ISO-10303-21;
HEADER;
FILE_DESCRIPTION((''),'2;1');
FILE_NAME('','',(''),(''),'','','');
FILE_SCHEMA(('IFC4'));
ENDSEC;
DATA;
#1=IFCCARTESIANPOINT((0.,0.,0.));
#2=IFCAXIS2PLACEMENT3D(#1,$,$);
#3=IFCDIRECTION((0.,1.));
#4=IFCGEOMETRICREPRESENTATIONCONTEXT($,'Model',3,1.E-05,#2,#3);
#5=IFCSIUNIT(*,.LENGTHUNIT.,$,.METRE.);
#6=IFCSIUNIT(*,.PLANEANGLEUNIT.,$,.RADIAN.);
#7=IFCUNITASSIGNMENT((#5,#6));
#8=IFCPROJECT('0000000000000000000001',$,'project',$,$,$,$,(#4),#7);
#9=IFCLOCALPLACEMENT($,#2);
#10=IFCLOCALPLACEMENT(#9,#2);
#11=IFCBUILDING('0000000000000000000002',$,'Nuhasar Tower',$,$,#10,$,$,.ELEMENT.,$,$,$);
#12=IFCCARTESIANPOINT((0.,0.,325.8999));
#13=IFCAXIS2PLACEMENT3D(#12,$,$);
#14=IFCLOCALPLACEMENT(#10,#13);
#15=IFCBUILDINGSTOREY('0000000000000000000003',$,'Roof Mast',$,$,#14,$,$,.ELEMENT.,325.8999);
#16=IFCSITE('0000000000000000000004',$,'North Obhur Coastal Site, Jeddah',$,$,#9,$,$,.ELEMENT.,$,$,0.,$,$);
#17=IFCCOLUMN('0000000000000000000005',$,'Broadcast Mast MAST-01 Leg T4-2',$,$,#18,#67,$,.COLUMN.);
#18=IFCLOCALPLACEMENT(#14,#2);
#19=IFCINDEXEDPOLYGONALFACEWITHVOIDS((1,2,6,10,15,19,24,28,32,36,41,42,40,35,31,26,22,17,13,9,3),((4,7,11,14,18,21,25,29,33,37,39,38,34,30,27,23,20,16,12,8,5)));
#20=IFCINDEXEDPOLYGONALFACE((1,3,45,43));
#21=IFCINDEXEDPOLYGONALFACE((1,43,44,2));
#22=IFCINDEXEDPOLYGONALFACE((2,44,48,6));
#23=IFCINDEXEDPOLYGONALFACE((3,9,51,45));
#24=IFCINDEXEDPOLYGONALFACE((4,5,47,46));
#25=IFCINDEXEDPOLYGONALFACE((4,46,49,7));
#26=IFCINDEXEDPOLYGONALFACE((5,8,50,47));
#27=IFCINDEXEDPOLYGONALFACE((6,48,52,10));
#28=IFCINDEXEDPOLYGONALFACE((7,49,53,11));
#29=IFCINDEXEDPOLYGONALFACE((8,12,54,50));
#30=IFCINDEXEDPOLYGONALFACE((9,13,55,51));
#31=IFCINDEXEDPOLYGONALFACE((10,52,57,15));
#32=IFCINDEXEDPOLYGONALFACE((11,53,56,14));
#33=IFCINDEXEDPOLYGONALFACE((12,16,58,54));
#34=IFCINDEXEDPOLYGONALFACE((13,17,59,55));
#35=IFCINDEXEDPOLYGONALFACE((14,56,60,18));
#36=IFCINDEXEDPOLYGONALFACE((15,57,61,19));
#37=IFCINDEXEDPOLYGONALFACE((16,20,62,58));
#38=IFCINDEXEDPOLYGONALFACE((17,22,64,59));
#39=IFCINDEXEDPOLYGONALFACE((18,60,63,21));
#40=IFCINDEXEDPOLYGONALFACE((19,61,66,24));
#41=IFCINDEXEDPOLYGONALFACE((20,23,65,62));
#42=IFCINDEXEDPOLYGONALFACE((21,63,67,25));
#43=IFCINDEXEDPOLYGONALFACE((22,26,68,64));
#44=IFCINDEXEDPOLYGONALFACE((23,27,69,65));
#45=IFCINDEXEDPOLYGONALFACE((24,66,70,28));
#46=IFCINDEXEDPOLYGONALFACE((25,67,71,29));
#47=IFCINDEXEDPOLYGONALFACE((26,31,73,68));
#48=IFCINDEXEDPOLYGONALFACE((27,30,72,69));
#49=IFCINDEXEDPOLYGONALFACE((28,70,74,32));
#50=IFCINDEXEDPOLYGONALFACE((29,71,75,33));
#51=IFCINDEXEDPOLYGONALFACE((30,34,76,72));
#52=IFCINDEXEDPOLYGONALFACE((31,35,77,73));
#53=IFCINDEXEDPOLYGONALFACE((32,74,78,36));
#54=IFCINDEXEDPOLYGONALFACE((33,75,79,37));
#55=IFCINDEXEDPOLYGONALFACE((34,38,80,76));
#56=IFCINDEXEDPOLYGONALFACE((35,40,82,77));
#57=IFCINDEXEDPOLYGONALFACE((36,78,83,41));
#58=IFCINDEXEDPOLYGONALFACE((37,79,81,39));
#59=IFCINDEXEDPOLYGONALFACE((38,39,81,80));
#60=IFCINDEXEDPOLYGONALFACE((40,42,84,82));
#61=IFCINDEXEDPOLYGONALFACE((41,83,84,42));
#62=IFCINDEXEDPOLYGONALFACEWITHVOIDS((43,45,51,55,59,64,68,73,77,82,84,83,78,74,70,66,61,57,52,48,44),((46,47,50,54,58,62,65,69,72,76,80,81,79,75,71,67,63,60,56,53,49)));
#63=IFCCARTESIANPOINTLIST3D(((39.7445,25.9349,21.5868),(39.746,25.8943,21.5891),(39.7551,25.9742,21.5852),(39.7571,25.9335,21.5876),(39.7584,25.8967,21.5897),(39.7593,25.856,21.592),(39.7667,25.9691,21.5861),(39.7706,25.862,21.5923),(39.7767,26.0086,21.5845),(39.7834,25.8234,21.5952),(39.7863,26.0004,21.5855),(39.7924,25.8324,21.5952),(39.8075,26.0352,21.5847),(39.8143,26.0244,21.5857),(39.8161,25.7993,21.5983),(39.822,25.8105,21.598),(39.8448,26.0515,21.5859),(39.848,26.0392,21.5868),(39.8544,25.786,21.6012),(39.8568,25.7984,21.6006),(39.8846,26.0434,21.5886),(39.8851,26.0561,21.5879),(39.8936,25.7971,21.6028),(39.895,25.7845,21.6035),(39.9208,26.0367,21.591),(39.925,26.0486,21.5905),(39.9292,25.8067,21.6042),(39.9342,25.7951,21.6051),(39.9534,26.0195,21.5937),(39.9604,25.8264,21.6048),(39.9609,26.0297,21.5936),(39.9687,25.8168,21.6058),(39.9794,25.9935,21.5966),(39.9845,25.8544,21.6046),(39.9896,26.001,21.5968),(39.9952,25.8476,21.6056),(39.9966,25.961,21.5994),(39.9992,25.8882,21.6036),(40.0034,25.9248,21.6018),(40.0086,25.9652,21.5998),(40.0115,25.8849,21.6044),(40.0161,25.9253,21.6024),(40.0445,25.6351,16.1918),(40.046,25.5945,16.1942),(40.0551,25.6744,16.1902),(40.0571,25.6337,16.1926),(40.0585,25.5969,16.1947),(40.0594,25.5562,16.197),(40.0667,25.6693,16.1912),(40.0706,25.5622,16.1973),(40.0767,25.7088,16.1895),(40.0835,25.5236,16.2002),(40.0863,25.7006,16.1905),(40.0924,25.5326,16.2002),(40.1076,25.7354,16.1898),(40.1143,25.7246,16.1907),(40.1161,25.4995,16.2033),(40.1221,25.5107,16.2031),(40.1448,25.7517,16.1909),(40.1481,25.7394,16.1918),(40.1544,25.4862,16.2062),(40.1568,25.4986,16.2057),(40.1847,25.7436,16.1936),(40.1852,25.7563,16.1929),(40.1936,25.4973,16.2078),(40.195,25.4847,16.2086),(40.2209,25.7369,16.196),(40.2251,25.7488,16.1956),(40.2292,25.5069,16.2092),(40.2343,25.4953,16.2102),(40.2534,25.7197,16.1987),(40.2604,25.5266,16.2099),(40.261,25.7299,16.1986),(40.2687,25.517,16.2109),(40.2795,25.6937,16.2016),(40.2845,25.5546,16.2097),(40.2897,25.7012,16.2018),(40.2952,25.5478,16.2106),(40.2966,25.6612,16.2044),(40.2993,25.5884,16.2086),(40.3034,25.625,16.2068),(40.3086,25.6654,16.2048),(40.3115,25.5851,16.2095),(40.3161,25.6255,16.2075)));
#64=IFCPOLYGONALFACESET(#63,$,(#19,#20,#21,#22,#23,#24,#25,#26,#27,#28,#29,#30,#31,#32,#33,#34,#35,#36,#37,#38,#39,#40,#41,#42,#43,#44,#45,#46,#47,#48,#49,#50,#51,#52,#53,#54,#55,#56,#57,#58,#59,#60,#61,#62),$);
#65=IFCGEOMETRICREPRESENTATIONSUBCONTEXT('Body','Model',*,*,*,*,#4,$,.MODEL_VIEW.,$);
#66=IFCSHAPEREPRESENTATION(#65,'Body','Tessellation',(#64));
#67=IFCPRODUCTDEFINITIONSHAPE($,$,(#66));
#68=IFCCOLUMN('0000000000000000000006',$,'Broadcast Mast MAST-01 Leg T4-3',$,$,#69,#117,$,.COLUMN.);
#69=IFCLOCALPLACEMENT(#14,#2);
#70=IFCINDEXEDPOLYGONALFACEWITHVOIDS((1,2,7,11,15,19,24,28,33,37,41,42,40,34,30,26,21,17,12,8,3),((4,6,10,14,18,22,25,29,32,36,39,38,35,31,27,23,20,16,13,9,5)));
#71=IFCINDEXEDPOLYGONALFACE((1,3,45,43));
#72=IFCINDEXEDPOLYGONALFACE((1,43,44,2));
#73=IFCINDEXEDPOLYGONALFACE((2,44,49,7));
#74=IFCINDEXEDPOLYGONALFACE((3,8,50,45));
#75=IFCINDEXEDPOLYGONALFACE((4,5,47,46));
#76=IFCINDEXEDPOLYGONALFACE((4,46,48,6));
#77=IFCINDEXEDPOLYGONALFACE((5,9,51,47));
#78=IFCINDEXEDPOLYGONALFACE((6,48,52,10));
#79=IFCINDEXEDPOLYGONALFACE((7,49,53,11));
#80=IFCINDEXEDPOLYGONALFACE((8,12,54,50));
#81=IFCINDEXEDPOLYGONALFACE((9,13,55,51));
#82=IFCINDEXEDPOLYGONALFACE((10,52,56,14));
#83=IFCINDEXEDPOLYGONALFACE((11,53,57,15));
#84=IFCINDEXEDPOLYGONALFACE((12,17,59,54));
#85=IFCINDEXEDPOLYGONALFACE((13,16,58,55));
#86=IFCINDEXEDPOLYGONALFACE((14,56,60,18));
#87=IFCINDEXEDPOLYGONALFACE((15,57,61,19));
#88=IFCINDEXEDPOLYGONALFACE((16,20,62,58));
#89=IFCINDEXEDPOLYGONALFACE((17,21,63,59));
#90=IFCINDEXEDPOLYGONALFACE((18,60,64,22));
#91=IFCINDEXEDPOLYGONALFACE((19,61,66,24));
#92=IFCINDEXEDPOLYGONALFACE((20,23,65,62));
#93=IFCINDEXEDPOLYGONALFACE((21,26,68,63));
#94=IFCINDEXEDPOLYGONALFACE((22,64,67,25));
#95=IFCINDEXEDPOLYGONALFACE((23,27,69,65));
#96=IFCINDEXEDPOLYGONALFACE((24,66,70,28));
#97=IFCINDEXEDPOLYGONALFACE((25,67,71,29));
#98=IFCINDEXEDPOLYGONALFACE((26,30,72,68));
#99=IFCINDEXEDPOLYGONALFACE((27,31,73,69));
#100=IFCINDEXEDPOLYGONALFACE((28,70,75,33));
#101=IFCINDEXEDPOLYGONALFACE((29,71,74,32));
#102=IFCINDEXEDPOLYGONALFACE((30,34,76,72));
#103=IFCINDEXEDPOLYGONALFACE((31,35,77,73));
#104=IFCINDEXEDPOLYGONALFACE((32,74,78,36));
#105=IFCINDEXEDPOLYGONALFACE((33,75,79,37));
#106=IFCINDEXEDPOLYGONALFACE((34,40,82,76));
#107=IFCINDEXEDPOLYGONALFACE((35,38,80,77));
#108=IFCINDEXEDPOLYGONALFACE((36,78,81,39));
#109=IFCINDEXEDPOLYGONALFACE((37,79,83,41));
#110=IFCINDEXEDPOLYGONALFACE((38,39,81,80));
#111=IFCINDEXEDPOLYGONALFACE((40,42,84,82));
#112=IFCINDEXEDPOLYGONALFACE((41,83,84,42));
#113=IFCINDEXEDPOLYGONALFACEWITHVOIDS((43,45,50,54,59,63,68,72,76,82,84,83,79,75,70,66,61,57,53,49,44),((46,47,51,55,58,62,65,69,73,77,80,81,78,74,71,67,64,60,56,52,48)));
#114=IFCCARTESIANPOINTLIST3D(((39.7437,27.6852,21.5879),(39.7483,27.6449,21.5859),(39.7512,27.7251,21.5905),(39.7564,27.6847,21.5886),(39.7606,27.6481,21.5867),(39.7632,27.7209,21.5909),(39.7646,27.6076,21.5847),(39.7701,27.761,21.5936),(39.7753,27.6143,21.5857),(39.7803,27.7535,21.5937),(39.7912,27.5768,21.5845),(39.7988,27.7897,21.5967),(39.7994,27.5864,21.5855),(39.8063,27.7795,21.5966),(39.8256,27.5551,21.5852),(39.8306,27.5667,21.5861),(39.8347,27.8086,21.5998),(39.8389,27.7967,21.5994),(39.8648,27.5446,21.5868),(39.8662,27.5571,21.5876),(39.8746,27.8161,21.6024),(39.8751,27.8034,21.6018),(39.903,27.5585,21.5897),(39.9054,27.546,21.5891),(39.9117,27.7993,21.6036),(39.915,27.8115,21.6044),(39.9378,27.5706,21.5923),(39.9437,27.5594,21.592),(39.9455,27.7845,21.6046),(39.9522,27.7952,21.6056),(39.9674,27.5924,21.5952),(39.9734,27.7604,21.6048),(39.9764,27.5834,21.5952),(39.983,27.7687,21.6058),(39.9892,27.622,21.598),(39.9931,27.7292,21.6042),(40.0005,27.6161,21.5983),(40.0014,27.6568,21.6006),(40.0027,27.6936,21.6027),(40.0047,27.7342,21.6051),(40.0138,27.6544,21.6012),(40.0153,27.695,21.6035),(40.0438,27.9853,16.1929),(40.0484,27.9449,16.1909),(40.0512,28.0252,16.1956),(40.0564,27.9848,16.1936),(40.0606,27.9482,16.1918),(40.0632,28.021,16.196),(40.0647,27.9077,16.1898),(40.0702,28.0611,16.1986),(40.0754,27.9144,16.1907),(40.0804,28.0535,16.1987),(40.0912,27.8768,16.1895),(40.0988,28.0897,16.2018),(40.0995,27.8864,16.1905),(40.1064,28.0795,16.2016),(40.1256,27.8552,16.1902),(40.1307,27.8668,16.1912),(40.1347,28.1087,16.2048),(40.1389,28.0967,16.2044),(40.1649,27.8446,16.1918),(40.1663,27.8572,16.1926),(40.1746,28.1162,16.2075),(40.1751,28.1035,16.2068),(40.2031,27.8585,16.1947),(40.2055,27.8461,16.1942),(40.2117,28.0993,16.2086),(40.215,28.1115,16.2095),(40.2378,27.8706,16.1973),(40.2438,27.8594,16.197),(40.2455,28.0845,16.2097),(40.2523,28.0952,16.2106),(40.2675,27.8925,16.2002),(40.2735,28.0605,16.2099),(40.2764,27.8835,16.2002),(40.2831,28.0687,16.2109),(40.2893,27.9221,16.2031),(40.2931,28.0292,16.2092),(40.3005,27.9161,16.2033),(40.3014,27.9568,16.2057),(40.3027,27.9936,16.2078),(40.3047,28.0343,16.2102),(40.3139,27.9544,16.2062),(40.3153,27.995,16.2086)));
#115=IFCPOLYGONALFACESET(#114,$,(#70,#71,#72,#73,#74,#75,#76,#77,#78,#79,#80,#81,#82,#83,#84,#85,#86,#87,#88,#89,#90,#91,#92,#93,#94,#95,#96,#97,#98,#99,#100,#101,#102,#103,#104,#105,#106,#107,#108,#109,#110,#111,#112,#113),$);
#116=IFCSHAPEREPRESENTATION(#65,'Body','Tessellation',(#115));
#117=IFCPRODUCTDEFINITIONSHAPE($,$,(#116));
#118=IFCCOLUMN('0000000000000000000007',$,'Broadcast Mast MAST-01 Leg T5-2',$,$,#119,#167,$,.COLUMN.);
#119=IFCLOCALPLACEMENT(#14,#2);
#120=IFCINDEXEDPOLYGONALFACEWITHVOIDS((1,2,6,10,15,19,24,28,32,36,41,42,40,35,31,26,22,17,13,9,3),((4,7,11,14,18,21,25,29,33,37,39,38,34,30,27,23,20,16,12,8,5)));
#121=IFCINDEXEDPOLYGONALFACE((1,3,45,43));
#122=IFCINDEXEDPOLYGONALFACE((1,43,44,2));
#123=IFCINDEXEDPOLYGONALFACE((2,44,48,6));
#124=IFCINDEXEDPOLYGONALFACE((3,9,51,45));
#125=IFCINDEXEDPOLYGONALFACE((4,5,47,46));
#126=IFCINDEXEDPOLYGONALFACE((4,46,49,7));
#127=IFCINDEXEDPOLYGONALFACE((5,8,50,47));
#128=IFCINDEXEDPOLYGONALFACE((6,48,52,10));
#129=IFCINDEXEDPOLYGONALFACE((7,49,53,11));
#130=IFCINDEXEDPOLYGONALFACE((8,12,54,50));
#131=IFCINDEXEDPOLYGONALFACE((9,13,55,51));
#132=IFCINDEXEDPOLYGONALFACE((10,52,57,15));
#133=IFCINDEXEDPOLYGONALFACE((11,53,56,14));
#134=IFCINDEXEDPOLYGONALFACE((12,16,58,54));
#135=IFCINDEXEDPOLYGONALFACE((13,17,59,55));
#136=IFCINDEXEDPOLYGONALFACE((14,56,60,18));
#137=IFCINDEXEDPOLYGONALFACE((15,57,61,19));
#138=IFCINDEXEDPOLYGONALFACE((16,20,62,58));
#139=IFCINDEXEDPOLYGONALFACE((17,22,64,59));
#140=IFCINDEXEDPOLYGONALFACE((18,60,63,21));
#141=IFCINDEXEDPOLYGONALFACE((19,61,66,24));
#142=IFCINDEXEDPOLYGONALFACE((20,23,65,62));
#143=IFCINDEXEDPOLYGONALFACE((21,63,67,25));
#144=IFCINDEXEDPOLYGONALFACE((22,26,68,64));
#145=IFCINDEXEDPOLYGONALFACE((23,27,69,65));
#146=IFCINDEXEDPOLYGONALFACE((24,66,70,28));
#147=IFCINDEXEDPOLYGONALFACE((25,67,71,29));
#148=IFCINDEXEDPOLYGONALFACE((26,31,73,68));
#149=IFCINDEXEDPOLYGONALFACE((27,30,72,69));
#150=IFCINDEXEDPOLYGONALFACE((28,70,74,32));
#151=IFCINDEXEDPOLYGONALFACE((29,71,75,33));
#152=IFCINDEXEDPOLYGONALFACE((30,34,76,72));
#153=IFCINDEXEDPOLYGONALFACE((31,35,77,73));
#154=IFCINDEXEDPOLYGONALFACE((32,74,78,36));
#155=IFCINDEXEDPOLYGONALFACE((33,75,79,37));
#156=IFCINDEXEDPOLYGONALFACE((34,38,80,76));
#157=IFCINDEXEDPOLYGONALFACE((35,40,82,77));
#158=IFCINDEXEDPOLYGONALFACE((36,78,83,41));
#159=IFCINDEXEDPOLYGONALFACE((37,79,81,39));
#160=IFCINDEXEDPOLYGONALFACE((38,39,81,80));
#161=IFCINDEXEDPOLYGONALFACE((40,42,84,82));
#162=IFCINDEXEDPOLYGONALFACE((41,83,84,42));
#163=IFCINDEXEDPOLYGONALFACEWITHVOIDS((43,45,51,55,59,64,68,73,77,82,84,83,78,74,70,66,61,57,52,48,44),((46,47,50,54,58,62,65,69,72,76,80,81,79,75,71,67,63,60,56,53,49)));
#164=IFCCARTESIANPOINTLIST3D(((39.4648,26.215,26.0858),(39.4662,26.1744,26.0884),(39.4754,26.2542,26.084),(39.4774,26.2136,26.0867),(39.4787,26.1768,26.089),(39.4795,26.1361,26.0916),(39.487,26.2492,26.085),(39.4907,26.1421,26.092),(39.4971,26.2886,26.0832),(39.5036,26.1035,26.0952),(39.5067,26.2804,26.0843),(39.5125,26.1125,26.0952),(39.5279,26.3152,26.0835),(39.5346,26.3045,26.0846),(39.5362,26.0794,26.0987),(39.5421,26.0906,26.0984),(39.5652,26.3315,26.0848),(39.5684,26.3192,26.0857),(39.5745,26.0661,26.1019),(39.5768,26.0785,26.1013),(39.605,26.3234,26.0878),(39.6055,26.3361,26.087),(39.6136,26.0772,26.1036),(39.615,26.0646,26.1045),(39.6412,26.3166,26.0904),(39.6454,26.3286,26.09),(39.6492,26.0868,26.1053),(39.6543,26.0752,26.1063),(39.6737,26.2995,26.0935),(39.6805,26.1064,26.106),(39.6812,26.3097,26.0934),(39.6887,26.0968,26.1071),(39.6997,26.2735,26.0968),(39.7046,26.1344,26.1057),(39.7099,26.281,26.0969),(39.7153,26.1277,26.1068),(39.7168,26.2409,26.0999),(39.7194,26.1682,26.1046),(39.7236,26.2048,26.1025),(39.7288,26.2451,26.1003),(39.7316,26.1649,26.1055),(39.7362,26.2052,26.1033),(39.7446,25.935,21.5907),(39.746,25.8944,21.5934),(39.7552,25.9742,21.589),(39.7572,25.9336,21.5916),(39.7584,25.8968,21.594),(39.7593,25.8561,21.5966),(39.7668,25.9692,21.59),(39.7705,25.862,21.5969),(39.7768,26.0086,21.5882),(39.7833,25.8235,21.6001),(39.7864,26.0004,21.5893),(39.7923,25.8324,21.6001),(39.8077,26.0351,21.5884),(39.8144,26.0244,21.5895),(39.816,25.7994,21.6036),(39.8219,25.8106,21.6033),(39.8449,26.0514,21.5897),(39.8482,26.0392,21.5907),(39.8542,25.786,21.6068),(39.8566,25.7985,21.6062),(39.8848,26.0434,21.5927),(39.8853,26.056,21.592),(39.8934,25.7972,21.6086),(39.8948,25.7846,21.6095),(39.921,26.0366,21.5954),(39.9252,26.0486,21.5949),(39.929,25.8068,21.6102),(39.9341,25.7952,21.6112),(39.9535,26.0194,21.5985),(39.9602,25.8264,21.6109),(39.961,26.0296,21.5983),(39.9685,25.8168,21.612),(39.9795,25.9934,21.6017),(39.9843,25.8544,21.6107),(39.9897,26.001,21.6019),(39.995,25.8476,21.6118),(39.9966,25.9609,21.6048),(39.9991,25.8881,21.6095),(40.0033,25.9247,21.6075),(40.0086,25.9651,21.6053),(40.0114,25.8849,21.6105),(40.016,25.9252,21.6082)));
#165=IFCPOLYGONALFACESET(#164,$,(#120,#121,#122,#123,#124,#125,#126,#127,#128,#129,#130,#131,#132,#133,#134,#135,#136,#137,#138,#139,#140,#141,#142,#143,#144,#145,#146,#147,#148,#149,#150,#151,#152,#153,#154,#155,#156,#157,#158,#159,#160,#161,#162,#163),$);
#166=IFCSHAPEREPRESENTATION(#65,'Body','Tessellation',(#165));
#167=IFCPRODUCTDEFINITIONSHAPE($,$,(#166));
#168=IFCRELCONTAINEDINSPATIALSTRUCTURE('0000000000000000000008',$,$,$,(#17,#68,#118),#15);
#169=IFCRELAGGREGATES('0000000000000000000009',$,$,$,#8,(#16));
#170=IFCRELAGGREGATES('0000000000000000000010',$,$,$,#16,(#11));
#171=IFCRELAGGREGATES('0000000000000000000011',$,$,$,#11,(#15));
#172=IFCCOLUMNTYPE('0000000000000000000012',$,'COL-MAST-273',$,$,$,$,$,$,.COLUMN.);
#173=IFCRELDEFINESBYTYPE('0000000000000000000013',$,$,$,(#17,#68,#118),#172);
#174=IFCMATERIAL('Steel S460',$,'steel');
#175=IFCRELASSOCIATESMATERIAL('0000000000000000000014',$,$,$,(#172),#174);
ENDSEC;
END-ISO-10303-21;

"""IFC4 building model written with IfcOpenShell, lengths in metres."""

from ifc_helpers import new_model, si_unit, direction, frame, origin, origin_2d, place, context, subcontext, project, spatial, hollow_circle, extrude, material, material_profile, profile_set, type_object, element, save


model = new_model("IFC4")

# Units and contexts
model_context = context("Model", 3, precision=1e-05, world=origin(), true_north=direction((0.0, 1.0)))
body_context = subcontext(model_context, "Body", "Model", "MODEL_VIEW")
ifc_project = project(units=[si_unit("LENGTHUNIT", "METRE"), si_unit("PLANEANGLEUNIT", "RADIAN")], contexts=[model_context])

# Site, building, storey
site_placement = place(None, origin())
site = spatial("IfcSite", under=ifc_project, at=site_placement, Name="North Obhur Coastal Site, Jeddah", CompositionType="ELEMENT", RefElevation=0.0)
building_placement = place(site_placement, origin())
building = spatial("IfcBuilding", under=site, at=building_placement, Name="Nuhasar Tower", CompositionType="ELEMENT")
storey_placement = place(building_placement, frame((0.0, 0.0, 325.8999)))
storey = spatial("IfcBuildingStorey", under=building, at=storey_placement, Name="Roof Mast", CompositionType="ELEMENT", Elevation=325.8999)

# Columns
ifc_material = material(Name="Steel S460", Category="steel")
ifc_material_profile_1 = material_profile(ifc_material, hollow_circle(Radius=0.1365, WallThickness=0.0127, at=origin_2d()), Name="HSS273.1X12.7")
ifc_profile_set_1 = profile_set([ifc_material_profile_1], Name="Steel S460")
column_type = type_object("IfcColumnType", Name="COL-MAST-273", PredefinedType="COLUMN", material=ifc_profile_set_1)
for number, where, z_axis, x_axis, name in (
    (1, (40.1799, 25.6201, 16.2002), (-0.055445, 0.0554, 0.996924), (-0.706819, -0.707395, 0.0), "Broadcast Mast MAST-01 Leg T4-2"),
    (2, (40.1799, 27.98, 16.2002), (-0.055445, -0.055445, 0.996921), (0.707107, -0.707107, 0.0), "Broadcast Mast MAST-01 Leg T4-3"),
):
    element("IfcColumn", number, at=place(storey_placement, frame(where, z_axis=z_axis, x_axis=x_axis)), inside=storey, type_object=column_type, Name=name, PredefinedType="COLUMN", context=body_context, shape_type="SweptSolid", body=[
        extrude(hollow_circle(Radius=0.1365, WallThickness=0.0127, at=origin_2d()), origin(), (0.0, 0.0, 1.0), 5.4116),
    ])
for number, where, z_axis, x_axis, name in (
    (3, (39.8799, 25.9199, 21.6001), (-0.062002, 0.062056, 0.996145), (-0.707415, -0.706798, 0.0), "Broadcast Mast MAST-01 Leg T5-2"),
):
    element("IfcColumn", number, at=place(storey_placement, frame(where, z_axis=z_axis, x_axis=x_axis)), inside=storey, type_object=column_type, Name=name, PredefinedType="COLUMN", context=body_context, shape_type="SweptSolid", body=[
        extrude(hollow_circle(Radius=0.1365, WallThickness=0.0127, at=origin_2d()), origin(), (0.0, 0.0, 1.0), 4.5125),
    ])

save(model, "model.ifc")
